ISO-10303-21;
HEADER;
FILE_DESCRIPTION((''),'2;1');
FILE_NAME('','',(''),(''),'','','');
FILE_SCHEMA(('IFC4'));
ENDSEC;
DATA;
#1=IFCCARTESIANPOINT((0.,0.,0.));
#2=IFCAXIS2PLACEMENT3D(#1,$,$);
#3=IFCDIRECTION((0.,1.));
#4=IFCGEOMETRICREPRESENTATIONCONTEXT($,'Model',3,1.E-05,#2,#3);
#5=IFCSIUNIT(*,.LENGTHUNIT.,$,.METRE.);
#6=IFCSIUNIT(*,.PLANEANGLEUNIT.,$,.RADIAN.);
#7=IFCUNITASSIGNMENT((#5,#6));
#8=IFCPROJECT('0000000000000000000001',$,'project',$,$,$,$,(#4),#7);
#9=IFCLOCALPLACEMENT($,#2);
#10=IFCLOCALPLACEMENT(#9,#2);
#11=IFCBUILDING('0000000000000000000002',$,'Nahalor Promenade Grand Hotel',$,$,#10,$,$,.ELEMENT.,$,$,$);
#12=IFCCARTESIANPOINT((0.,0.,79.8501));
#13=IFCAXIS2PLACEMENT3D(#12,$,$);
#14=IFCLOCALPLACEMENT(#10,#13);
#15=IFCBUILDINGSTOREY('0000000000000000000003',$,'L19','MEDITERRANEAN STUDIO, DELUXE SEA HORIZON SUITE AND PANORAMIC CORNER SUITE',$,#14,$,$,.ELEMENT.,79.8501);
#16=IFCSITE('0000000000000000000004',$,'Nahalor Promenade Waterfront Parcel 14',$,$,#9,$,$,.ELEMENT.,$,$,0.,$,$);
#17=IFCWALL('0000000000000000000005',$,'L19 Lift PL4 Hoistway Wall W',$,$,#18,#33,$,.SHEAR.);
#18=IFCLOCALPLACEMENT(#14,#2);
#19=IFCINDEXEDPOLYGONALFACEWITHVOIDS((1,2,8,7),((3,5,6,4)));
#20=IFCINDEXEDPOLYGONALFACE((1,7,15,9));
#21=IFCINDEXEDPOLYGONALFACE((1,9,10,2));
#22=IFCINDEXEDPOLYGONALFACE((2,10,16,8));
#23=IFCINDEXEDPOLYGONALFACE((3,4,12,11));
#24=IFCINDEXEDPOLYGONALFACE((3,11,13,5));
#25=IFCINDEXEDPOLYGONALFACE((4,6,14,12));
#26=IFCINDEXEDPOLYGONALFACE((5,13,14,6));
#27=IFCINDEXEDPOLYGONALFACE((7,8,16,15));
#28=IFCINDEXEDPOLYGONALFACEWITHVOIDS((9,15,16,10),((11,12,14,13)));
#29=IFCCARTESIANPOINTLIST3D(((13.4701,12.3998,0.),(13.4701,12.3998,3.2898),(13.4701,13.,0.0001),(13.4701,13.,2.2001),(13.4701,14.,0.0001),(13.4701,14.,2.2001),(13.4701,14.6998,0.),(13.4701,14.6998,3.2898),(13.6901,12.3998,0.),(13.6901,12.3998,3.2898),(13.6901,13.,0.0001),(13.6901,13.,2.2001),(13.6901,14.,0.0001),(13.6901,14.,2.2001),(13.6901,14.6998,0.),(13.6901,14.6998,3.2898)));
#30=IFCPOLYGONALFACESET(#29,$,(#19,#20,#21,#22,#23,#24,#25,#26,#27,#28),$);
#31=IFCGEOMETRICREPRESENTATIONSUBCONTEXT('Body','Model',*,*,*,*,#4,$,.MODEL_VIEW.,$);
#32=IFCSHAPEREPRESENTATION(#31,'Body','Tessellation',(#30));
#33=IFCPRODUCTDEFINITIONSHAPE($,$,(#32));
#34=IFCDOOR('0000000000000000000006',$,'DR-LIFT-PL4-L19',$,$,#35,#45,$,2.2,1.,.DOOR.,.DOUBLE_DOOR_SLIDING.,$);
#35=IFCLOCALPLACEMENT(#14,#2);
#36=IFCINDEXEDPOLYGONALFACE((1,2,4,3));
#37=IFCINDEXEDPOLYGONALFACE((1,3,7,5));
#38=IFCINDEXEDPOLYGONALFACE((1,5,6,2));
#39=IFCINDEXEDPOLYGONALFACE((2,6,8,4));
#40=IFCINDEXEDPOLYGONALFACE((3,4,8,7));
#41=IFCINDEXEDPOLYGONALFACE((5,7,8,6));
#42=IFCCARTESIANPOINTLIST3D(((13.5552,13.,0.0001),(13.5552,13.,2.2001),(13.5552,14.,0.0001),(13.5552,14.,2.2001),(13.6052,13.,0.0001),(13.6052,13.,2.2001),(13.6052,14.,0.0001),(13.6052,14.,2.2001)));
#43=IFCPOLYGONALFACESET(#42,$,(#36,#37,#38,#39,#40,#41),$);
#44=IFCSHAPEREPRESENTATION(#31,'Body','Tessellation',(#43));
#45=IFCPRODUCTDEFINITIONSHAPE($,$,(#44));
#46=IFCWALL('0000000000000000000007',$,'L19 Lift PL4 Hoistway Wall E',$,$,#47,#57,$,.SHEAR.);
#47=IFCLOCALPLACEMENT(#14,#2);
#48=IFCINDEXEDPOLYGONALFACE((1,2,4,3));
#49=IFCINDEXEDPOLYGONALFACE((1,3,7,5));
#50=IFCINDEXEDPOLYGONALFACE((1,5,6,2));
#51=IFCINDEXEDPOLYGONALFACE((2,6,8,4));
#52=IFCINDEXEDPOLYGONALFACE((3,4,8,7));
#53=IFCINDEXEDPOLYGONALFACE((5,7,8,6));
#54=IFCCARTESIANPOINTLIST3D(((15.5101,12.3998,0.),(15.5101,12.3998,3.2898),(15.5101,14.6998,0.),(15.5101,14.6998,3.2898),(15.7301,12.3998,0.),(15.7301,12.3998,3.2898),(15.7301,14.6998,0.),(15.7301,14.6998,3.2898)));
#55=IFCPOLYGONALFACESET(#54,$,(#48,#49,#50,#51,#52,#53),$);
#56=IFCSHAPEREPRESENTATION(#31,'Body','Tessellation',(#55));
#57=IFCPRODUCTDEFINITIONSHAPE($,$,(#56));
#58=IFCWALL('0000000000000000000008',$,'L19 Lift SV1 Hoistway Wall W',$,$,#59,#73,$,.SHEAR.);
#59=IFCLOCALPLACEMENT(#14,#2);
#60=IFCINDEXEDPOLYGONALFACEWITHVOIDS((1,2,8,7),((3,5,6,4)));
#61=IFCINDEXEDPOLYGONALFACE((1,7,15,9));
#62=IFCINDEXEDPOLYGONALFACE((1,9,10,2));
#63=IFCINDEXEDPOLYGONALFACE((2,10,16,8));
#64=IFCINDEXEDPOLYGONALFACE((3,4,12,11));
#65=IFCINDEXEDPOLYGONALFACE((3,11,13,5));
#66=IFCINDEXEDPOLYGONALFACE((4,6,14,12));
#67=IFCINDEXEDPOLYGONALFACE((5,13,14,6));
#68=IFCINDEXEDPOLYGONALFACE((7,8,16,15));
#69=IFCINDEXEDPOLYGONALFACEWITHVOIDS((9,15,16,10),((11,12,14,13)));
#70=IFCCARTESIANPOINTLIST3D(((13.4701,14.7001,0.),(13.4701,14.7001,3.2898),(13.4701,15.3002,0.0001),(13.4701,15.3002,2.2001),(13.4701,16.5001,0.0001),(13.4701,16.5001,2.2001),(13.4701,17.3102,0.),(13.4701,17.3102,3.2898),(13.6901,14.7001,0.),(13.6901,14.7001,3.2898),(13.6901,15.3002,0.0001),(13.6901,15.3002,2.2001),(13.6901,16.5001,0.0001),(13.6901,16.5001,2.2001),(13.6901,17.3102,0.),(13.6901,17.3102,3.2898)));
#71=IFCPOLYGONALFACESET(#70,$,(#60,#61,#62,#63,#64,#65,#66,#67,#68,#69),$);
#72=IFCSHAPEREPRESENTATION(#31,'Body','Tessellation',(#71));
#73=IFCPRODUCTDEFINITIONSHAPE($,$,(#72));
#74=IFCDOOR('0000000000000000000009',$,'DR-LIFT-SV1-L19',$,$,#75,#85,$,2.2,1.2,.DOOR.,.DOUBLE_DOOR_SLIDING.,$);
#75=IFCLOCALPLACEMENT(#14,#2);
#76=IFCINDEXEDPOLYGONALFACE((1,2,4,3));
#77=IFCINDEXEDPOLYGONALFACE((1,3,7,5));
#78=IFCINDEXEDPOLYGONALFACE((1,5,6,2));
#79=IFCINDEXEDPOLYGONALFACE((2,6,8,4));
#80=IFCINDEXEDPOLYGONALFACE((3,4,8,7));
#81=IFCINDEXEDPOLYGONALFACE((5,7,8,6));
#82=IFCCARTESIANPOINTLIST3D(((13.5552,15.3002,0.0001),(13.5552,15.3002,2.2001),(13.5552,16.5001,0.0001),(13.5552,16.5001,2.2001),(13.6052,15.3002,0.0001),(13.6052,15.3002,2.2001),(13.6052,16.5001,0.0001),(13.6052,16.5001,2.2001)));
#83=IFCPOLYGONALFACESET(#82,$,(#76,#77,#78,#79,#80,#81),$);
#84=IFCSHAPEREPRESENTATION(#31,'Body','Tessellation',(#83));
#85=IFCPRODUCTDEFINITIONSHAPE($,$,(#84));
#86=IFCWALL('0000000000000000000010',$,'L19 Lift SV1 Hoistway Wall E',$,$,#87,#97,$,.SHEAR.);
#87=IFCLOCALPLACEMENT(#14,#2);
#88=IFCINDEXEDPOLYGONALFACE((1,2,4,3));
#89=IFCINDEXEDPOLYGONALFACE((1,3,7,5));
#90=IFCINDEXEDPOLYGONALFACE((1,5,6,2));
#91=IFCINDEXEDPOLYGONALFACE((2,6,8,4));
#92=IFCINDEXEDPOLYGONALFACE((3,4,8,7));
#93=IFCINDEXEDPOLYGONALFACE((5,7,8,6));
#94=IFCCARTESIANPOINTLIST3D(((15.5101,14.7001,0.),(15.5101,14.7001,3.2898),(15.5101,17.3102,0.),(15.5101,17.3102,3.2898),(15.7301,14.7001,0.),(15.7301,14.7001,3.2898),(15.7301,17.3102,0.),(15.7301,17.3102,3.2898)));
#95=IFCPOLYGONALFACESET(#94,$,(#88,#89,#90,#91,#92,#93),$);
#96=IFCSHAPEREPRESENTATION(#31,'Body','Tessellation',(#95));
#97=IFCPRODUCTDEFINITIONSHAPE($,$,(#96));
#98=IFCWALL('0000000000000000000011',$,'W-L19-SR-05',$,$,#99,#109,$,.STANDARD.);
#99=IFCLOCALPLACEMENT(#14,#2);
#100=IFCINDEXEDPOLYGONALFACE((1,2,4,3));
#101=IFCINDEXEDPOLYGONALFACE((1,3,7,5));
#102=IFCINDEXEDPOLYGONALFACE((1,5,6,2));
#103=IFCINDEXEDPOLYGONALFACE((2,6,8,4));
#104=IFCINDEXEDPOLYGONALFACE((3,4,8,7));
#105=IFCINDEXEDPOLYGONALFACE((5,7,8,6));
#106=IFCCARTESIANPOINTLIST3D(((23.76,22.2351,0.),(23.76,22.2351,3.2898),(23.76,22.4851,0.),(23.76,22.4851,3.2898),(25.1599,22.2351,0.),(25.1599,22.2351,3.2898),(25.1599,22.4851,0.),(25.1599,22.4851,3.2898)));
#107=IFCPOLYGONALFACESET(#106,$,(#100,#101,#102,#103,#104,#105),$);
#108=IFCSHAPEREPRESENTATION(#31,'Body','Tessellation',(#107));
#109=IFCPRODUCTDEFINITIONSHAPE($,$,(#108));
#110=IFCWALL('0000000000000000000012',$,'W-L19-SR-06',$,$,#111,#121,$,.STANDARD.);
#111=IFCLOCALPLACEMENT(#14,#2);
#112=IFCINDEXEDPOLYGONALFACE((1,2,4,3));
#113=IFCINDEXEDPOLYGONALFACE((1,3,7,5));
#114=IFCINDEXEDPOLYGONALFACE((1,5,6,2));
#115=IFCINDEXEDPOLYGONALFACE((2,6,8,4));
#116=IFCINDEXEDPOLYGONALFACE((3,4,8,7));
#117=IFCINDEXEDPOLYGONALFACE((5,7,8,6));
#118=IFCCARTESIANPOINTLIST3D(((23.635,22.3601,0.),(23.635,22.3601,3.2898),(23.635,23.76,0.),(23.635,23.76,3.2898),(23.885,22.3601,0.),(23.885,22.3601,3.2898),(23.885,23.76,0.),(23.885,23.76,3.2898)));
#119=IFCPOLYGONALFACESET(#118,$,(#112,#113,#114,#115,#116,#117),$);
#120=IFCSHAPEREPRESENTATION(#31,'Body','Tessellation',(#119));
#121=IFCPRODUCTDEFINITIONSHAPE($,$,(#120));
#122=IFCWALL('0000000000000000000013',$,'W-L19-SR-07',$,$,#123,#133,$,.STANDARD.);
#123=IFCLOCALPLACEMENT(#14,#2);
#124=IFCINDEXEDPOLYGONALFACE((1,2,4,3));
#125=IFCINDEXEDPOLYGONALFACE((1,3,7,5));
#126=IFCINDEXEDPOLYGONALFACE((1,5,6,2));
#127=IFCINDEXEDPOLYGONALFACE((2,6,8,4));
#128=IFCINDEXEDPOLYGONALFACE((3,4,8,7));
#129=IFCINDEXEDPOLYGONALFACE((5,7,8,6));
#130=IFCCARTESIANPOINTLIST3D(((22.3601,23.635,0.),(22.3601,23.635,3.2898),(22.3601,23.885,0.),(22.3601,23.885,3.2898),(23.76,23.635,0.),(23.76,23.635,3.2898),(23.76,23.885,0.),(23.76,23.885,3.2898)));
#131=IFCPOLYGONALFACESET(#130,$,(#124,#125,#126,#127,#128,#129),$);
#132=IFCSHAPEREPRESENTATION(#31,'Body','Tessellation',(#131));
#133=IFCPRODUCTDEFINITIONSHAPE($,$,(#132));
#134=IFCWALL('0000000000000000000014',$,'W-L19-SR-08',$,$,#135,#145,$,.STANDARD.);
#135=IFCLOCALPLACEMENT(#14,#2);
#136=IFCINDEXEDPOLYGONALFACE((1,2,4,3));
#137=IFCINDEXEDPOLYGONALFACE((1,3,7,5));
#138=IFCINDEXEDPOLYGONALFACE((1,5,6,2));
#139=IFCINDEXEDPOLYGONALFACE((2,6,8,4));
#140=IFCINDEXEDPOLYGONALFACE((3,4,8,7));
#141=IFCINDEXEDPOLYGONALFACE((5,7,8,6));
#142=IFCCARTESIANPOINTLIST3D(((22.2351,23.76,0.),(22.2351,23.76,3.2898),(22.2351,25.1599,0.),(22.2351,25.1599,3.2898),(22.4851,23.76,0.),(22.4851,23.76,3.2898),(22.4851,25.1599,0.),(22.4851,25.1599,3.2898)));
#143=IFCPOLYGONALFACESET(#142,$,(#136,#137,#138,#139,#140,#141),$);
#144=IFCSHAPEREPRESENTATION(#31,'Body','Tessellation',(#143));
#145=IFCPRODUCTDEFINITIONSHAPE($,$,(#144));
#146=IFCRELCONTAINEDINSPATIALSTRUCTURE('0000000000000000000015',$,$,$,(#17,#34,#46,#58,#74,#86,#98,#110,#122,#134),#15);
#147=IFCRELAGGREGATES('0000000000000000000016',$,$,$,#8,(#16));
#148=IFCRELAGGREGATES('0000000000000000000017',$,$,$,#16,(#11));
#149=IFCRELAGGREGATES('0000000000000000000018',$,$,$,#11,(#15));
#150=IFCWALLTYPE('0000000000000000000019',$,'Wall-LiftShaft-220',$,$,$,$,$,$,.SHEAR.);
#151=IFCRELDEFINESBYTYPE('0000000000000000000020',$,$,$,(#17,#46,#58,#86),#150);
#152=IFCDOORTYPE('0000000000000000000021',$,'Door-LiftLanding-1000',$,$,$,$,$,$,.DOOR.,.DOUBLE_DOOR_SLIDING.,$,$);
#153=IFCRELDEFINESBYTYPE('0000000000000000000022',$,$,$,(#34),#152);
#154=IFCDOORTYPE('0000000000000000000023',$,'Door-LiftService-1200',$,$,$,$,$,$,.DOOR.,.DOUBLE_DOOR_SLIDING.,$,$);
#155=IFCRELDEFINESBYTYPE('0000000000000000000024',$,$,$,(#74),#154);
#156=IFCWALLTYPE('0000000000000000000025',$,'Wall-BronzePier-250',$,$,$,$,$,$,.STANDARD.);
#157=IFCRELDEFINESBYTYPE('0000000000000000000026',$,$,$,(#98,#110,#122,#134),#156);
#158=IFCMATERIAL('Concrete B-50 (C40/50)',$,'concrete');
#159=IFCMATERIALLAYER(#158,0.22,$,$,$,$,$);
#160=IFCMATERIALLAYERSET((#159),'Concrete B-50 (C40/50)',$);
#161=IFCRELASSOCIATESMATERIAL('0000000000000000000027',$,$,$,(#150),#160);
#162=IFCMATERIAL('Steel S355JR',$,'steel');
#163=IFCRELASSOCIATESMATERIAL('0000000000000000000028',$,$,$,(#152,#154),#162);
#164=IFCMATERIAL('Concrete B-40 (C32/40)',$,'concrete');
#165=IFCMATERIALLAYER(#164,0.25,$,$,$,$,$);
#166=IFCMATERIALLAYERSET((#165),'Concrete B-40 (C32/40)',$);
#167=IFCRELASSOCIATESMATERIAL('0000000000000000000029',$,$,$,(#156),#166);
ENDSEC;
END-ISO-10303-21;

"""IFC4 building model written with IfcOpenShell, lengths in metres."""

from ifc_helpers import new_model, si_unit, direction, frame, frame_2d, origin, place, context, subcontext, project, spatial, rectangle, extrude, source, transform, mapped, material, layer, layer_set, type_object, element, fill, save


model = new_model("IFC4")

# Units and contexts
model_context = context("Model", 3, precision=1e-05, world=origin(), true_north=direction((0.0, 1.0)))
body_context = subcontext(model_context, "Body", "Model", "MODEL_VIEW")
ifc_project = project(units=[si_unit("LENGTHUNIT", "METRE"), si_unit("PLANEANGLEUNIT", "RADIAN")], contexts=[model_context])

# Site, building, storey
site_placement = place(None, origin())
site = spatial("IfcSite", under=ifc_project, at=site_placement, Name="Nahalor Promenade Waterfront Parcel 14", CompositionType="ELEMENT", RefElevation=0.0)
building_placement = place(site_placement, origin())
building = spatial("IfcBuilding", under=site, at=building_placement, Name="Nahalor Promenade Grand Hotel", CompositionType="ELEMENT")
storey_placement = place(building_placement, frame((0.0, 0.0, 79.8501)))
storey = spatial("IfcBuildingStorey", under=building, at=storey_placement, Name="L19", Description="MEDITERRANEAN STUDIO, DELUXE SEA HORIZON SUITE AND PANORAMIC CORNER SUITE", CompositionType="ELEMENT", Elevation=79.8501)

# Shared definitions
ifc_material_1 = material(Name="Steel S355JR", Category="steel")

# Shared definitions
ifc_material_2 = material(Name="Concrete B-50 (C40/50)", Category="concrete")
ifc_layer_1 = layer(ifc_material_2, 0.22)
ifc_layer_set_1 = layer_set([ifc_layer_1], Name="Concrete B-50 (C40/50)")
wall_type_1 = type_object("IfcWallType", Name="Wall-LiftShaft-220", PredefinedType="SHEAR", material=ifc_layer_set_1)

# Wall, opening, door
shared_shape_1 = source(origin(), body_context, "Body", "SweptSolid", [
    extrude(rectangle(XDim=2.3, YDim=0.22, at=frame_2d((1.1499, 0.0))), origin(), (0.0, 0.0, 1.0), 3.2898),
])
wall_1_placement = place(storey_placement, frame((13.5801, 12.3999, 0.0), z_axis=(0.0, 0.0, 1.0), x_axis=(0.0, 1.0, 0.0)))
wall_1 = element("IfcWall", 1, at=wall_1_placement, inside=storey, type_object=wall_type_1, Name="L19 Lift PL4 Hoistway Wall W", PredefinedType="SHEAR", context=body_context, shape_type="MappedRepresentation", body=[
    mapped(shared_shape_1, transform((0.0, 0.0, 0.0), scale=1.0)),
])
opening_1_placement = place(wall_1_placement, frame((0.6001, 0.0, 0.0)))
opening_1 = element("IfcOpeningElement", 2, at=opening_1_placement, cuts=wall_1, PredefinedType="OPENING", context=body_context, shape_type="SweptSolid", body=[
    extrude(rectangle(XDim=1.0, YDim=2.2, at=frame_2d((0.5, 1.1001))), frame((0.0, 0.1199, 0.0), z_axis=(0.0, -1.0, 0.0), x_axis=(1.0, 0.0, 0.0)), (0.0, 0.0, 1.0), 0.24),
])
door_type_1 = type_object("IfcDoorType", Name="Door-LiftLanding-1000", OperationType="DOUBLE_DOOR_SLIDING", PredefinedType="DOOR", material=ifc_material_1)
shared_shape_2 = source(origin(), body_context, "Body", "SweptSolid", [
    extrude(rectangle(XDim=1.0, YDim=2.2, at=frame_2d((0.5, 1.1001))), frame((0.0, 0.0249, 0.0), z_axis=(0.0, -1.0, 0.0), x_axis=(1.0, 0.0, 0.0)), (0.0, 0.0, 1.0), 0.05),
])
door_1_placement = place(opening_1_placement, origin())
door_1 = element("IfcDoor", 3, at=door_1_placement, inside=storey, type_object=door_type_1, Name="DR-LIFT-PL4-L19", OperationType="DOUBLE_DOOR_SLIDING", OverallHeight=2.2, OverallWidth=1.0, PredefinedType="DOOR", context=body_context, shape_type="MappedRepresentation", body=[
    mapped(shared_shape_2, transform((0.0, 0.0, 0.0), scale=1.0)),
])
fill(opening_1, door_1)

# Wall
wall_2_placement = place(storey_placement, frame((15.6201, 12.3999, 0.0), z_axis=(0.0, 0.0, 1.0), x_axis=(0.0, 1.0, 0.0)))
element("IfcWall", 4, at=wall_2_placement, inside=storey, type_object=wall_type_1, Name="L19 Lift PL4 Hoistway Wall E", PredefinedType="SHEAR", context=body_context, shape_type="MappedRepresentation", body=[
    mapped(shared_shape_1, transform((0.0, 0.0, 0.0), scale=1.0)),
])

# Wall, opening, door
shared_shape_3 = source(origin(), body_context, "Body", "SweptSolid", [
    extrude(rectangle(XDim=2.6101, YDim=0.22, at=frame_2d((1.3052, 0.0))), origin(), (0.0, 0.0, 1.0), 3.2898),
])
wall_3_placement = place(storey_placement, frame((13.5801, 14.7, 0.0), z_axis=(0.0, 0.0, 1.0), x_axis=(0.0, 1.0, 0.0)))
wall_3 = element("IfcWall", 5, at=wall_3_placement, inside=storey, type_object=wall_type_1, Name="L19 Lift SV1 Hoistway Wall W", PredefinedType="SHEAR", context=body_context, shape_type="MappedRepresentation", body=[
    mapped(shared_shape_3, transform((0.0, 0.0, 0.0), scale=1.0)),
])
opening_2_placement = place(wall_3_placement, frame((0.6001, 0.0, 0.0)))
opening_2 = element("IfcOpeningElement", 6, at=opening_2_placement, cuts=wall_3, PredefinedType="OPENING", context=body_context, shape_type="SweptSolid", body=[
    extrude(rectangle(XDim=1.2, YDim=2.2, at=frame_2d((0.6001, 1.1001))), frame((0.0, 0.1199, 0.0), z_axis=(0.0, -1.0, 0.0), x_axis=(1.0, 0.0, 0.0)), (0.0, 0.0, 1.0), 0.24),
])
door_type_2 = type_object("IfcDoorType", Name="Door-LiftService-1200", OperationType="DOUBLE_DOOR_SLIDING", PredefinedType="DOOR", material=ifc_material_1)
shared_shape_4 = source(origin(), body_context, "Body", "SweptSolid", [
    extrude(rectangle(XDim=1.2, YDim=2.2, at=frame_2d((0.6001, 1.1001))), frame((0.0, 0.0249, 0.0), z_axis=(0.0, -1.0, 0.0), x_axis=(1.0, 0.0, 0.0)), (0.0, 0.0, 1.0), 0.05),
])
door_2_placement = place(opening_2_placement, origin())
door_2 = element("IfcDoor", 7, at=door_2_placement, inside=storey, type_object=door_type_2, Name="DR-LIFT-SV1-L19", OperationType="DOUBLE_DOOR_SLIDING", OverallHeight=2.2, OverallWidth=1.2, PredefinedType="DOOR", context=body_context, shape_type="MappedRepresentation", body=[
    mapped(shared_shape_4, transform((0.0, 0.0, 0.0), scale=1.0)),
])
fill(opening_2, door_2)

# Walls
wall_4_placement = place(storey_placement, frame((15.6201, 14.7, 0.0), z_axis=(0.0, 0.0, 1.0), x_axis=(0.0, 1.0, 0.0)))
element("IfcWall", 8, at=wall_4_placement, inside=storey, type_object=wall_type_1, Name="L19 Lift SV1 Hoistway Wall E", PredefinedType="SHEAR", context=body_context, shape_type="MappedRepresentation", body=[
    mapped(shared_shape_3, transform((0.0, 0.0, 0.0), scale=1.0)),
])
ifc_material_3 = material(Name="Concrete B-40 (C32/40)", Category="concrete")
ifc_layer_2 = layer(ifc_material_3, 0.25)
ifc_layer_set_2 = layer_set([ifc_layer_2], Name="Concrete B-40 (C32/40)")
wall_type_2 = type_object("IfcWallType", Name="Wall-BronzePier-250", PredefinedType="STANDARD", material=ifc_layer_set_2)
shared_shape_5 = source(origin(), body_context, "Body", "SweptSolid", [
    extrude(rectangle(XDim=1.3999, YDim=0.25, at=frame_2d((0.7, 0.0))), origin(), (0.0, 0.0, 1.0), 3.2898),
])
for number, where, z_axis, x_axis, name in (
    (9, (23.76, 22.3601, 0.0), (0.0, 0.0, 1.0), (1.0, 0.0, 0.0), "W-L19-SR-05"),
    (10, (23.76, 22.3601, 0.0), (0.0, 0.0, 1.0), (0.0, 1.0, 0.0), "W-L19-SR-06"),
    (11, (22.3601, 23.76, 0.0), (0.0, 0.0, 1.0), (1.0, 0.0, 0.0), "W-L19-SR-07"),
    (12, (22.3601, 23.76, 0.0), (0.0, 0.0, 1.0), (0.0, 1.0, 0.0), "W-L19-SR-08"),
):
    element("IfcWall", number, at=place(storey_placement, frame(where, z_axis=z_axis, x_axis=x_axis)), inside=storey, type_object=wall_type_2, Name=name, PredefinedType="STANDARD", context=body_context, shape_type="MappedRepresentation", body=[
        mapped(shared_shape_5, transform((0.0, 0.0, 0.0), scale=1.0)),
    ])

save(model, "model.ifc")
